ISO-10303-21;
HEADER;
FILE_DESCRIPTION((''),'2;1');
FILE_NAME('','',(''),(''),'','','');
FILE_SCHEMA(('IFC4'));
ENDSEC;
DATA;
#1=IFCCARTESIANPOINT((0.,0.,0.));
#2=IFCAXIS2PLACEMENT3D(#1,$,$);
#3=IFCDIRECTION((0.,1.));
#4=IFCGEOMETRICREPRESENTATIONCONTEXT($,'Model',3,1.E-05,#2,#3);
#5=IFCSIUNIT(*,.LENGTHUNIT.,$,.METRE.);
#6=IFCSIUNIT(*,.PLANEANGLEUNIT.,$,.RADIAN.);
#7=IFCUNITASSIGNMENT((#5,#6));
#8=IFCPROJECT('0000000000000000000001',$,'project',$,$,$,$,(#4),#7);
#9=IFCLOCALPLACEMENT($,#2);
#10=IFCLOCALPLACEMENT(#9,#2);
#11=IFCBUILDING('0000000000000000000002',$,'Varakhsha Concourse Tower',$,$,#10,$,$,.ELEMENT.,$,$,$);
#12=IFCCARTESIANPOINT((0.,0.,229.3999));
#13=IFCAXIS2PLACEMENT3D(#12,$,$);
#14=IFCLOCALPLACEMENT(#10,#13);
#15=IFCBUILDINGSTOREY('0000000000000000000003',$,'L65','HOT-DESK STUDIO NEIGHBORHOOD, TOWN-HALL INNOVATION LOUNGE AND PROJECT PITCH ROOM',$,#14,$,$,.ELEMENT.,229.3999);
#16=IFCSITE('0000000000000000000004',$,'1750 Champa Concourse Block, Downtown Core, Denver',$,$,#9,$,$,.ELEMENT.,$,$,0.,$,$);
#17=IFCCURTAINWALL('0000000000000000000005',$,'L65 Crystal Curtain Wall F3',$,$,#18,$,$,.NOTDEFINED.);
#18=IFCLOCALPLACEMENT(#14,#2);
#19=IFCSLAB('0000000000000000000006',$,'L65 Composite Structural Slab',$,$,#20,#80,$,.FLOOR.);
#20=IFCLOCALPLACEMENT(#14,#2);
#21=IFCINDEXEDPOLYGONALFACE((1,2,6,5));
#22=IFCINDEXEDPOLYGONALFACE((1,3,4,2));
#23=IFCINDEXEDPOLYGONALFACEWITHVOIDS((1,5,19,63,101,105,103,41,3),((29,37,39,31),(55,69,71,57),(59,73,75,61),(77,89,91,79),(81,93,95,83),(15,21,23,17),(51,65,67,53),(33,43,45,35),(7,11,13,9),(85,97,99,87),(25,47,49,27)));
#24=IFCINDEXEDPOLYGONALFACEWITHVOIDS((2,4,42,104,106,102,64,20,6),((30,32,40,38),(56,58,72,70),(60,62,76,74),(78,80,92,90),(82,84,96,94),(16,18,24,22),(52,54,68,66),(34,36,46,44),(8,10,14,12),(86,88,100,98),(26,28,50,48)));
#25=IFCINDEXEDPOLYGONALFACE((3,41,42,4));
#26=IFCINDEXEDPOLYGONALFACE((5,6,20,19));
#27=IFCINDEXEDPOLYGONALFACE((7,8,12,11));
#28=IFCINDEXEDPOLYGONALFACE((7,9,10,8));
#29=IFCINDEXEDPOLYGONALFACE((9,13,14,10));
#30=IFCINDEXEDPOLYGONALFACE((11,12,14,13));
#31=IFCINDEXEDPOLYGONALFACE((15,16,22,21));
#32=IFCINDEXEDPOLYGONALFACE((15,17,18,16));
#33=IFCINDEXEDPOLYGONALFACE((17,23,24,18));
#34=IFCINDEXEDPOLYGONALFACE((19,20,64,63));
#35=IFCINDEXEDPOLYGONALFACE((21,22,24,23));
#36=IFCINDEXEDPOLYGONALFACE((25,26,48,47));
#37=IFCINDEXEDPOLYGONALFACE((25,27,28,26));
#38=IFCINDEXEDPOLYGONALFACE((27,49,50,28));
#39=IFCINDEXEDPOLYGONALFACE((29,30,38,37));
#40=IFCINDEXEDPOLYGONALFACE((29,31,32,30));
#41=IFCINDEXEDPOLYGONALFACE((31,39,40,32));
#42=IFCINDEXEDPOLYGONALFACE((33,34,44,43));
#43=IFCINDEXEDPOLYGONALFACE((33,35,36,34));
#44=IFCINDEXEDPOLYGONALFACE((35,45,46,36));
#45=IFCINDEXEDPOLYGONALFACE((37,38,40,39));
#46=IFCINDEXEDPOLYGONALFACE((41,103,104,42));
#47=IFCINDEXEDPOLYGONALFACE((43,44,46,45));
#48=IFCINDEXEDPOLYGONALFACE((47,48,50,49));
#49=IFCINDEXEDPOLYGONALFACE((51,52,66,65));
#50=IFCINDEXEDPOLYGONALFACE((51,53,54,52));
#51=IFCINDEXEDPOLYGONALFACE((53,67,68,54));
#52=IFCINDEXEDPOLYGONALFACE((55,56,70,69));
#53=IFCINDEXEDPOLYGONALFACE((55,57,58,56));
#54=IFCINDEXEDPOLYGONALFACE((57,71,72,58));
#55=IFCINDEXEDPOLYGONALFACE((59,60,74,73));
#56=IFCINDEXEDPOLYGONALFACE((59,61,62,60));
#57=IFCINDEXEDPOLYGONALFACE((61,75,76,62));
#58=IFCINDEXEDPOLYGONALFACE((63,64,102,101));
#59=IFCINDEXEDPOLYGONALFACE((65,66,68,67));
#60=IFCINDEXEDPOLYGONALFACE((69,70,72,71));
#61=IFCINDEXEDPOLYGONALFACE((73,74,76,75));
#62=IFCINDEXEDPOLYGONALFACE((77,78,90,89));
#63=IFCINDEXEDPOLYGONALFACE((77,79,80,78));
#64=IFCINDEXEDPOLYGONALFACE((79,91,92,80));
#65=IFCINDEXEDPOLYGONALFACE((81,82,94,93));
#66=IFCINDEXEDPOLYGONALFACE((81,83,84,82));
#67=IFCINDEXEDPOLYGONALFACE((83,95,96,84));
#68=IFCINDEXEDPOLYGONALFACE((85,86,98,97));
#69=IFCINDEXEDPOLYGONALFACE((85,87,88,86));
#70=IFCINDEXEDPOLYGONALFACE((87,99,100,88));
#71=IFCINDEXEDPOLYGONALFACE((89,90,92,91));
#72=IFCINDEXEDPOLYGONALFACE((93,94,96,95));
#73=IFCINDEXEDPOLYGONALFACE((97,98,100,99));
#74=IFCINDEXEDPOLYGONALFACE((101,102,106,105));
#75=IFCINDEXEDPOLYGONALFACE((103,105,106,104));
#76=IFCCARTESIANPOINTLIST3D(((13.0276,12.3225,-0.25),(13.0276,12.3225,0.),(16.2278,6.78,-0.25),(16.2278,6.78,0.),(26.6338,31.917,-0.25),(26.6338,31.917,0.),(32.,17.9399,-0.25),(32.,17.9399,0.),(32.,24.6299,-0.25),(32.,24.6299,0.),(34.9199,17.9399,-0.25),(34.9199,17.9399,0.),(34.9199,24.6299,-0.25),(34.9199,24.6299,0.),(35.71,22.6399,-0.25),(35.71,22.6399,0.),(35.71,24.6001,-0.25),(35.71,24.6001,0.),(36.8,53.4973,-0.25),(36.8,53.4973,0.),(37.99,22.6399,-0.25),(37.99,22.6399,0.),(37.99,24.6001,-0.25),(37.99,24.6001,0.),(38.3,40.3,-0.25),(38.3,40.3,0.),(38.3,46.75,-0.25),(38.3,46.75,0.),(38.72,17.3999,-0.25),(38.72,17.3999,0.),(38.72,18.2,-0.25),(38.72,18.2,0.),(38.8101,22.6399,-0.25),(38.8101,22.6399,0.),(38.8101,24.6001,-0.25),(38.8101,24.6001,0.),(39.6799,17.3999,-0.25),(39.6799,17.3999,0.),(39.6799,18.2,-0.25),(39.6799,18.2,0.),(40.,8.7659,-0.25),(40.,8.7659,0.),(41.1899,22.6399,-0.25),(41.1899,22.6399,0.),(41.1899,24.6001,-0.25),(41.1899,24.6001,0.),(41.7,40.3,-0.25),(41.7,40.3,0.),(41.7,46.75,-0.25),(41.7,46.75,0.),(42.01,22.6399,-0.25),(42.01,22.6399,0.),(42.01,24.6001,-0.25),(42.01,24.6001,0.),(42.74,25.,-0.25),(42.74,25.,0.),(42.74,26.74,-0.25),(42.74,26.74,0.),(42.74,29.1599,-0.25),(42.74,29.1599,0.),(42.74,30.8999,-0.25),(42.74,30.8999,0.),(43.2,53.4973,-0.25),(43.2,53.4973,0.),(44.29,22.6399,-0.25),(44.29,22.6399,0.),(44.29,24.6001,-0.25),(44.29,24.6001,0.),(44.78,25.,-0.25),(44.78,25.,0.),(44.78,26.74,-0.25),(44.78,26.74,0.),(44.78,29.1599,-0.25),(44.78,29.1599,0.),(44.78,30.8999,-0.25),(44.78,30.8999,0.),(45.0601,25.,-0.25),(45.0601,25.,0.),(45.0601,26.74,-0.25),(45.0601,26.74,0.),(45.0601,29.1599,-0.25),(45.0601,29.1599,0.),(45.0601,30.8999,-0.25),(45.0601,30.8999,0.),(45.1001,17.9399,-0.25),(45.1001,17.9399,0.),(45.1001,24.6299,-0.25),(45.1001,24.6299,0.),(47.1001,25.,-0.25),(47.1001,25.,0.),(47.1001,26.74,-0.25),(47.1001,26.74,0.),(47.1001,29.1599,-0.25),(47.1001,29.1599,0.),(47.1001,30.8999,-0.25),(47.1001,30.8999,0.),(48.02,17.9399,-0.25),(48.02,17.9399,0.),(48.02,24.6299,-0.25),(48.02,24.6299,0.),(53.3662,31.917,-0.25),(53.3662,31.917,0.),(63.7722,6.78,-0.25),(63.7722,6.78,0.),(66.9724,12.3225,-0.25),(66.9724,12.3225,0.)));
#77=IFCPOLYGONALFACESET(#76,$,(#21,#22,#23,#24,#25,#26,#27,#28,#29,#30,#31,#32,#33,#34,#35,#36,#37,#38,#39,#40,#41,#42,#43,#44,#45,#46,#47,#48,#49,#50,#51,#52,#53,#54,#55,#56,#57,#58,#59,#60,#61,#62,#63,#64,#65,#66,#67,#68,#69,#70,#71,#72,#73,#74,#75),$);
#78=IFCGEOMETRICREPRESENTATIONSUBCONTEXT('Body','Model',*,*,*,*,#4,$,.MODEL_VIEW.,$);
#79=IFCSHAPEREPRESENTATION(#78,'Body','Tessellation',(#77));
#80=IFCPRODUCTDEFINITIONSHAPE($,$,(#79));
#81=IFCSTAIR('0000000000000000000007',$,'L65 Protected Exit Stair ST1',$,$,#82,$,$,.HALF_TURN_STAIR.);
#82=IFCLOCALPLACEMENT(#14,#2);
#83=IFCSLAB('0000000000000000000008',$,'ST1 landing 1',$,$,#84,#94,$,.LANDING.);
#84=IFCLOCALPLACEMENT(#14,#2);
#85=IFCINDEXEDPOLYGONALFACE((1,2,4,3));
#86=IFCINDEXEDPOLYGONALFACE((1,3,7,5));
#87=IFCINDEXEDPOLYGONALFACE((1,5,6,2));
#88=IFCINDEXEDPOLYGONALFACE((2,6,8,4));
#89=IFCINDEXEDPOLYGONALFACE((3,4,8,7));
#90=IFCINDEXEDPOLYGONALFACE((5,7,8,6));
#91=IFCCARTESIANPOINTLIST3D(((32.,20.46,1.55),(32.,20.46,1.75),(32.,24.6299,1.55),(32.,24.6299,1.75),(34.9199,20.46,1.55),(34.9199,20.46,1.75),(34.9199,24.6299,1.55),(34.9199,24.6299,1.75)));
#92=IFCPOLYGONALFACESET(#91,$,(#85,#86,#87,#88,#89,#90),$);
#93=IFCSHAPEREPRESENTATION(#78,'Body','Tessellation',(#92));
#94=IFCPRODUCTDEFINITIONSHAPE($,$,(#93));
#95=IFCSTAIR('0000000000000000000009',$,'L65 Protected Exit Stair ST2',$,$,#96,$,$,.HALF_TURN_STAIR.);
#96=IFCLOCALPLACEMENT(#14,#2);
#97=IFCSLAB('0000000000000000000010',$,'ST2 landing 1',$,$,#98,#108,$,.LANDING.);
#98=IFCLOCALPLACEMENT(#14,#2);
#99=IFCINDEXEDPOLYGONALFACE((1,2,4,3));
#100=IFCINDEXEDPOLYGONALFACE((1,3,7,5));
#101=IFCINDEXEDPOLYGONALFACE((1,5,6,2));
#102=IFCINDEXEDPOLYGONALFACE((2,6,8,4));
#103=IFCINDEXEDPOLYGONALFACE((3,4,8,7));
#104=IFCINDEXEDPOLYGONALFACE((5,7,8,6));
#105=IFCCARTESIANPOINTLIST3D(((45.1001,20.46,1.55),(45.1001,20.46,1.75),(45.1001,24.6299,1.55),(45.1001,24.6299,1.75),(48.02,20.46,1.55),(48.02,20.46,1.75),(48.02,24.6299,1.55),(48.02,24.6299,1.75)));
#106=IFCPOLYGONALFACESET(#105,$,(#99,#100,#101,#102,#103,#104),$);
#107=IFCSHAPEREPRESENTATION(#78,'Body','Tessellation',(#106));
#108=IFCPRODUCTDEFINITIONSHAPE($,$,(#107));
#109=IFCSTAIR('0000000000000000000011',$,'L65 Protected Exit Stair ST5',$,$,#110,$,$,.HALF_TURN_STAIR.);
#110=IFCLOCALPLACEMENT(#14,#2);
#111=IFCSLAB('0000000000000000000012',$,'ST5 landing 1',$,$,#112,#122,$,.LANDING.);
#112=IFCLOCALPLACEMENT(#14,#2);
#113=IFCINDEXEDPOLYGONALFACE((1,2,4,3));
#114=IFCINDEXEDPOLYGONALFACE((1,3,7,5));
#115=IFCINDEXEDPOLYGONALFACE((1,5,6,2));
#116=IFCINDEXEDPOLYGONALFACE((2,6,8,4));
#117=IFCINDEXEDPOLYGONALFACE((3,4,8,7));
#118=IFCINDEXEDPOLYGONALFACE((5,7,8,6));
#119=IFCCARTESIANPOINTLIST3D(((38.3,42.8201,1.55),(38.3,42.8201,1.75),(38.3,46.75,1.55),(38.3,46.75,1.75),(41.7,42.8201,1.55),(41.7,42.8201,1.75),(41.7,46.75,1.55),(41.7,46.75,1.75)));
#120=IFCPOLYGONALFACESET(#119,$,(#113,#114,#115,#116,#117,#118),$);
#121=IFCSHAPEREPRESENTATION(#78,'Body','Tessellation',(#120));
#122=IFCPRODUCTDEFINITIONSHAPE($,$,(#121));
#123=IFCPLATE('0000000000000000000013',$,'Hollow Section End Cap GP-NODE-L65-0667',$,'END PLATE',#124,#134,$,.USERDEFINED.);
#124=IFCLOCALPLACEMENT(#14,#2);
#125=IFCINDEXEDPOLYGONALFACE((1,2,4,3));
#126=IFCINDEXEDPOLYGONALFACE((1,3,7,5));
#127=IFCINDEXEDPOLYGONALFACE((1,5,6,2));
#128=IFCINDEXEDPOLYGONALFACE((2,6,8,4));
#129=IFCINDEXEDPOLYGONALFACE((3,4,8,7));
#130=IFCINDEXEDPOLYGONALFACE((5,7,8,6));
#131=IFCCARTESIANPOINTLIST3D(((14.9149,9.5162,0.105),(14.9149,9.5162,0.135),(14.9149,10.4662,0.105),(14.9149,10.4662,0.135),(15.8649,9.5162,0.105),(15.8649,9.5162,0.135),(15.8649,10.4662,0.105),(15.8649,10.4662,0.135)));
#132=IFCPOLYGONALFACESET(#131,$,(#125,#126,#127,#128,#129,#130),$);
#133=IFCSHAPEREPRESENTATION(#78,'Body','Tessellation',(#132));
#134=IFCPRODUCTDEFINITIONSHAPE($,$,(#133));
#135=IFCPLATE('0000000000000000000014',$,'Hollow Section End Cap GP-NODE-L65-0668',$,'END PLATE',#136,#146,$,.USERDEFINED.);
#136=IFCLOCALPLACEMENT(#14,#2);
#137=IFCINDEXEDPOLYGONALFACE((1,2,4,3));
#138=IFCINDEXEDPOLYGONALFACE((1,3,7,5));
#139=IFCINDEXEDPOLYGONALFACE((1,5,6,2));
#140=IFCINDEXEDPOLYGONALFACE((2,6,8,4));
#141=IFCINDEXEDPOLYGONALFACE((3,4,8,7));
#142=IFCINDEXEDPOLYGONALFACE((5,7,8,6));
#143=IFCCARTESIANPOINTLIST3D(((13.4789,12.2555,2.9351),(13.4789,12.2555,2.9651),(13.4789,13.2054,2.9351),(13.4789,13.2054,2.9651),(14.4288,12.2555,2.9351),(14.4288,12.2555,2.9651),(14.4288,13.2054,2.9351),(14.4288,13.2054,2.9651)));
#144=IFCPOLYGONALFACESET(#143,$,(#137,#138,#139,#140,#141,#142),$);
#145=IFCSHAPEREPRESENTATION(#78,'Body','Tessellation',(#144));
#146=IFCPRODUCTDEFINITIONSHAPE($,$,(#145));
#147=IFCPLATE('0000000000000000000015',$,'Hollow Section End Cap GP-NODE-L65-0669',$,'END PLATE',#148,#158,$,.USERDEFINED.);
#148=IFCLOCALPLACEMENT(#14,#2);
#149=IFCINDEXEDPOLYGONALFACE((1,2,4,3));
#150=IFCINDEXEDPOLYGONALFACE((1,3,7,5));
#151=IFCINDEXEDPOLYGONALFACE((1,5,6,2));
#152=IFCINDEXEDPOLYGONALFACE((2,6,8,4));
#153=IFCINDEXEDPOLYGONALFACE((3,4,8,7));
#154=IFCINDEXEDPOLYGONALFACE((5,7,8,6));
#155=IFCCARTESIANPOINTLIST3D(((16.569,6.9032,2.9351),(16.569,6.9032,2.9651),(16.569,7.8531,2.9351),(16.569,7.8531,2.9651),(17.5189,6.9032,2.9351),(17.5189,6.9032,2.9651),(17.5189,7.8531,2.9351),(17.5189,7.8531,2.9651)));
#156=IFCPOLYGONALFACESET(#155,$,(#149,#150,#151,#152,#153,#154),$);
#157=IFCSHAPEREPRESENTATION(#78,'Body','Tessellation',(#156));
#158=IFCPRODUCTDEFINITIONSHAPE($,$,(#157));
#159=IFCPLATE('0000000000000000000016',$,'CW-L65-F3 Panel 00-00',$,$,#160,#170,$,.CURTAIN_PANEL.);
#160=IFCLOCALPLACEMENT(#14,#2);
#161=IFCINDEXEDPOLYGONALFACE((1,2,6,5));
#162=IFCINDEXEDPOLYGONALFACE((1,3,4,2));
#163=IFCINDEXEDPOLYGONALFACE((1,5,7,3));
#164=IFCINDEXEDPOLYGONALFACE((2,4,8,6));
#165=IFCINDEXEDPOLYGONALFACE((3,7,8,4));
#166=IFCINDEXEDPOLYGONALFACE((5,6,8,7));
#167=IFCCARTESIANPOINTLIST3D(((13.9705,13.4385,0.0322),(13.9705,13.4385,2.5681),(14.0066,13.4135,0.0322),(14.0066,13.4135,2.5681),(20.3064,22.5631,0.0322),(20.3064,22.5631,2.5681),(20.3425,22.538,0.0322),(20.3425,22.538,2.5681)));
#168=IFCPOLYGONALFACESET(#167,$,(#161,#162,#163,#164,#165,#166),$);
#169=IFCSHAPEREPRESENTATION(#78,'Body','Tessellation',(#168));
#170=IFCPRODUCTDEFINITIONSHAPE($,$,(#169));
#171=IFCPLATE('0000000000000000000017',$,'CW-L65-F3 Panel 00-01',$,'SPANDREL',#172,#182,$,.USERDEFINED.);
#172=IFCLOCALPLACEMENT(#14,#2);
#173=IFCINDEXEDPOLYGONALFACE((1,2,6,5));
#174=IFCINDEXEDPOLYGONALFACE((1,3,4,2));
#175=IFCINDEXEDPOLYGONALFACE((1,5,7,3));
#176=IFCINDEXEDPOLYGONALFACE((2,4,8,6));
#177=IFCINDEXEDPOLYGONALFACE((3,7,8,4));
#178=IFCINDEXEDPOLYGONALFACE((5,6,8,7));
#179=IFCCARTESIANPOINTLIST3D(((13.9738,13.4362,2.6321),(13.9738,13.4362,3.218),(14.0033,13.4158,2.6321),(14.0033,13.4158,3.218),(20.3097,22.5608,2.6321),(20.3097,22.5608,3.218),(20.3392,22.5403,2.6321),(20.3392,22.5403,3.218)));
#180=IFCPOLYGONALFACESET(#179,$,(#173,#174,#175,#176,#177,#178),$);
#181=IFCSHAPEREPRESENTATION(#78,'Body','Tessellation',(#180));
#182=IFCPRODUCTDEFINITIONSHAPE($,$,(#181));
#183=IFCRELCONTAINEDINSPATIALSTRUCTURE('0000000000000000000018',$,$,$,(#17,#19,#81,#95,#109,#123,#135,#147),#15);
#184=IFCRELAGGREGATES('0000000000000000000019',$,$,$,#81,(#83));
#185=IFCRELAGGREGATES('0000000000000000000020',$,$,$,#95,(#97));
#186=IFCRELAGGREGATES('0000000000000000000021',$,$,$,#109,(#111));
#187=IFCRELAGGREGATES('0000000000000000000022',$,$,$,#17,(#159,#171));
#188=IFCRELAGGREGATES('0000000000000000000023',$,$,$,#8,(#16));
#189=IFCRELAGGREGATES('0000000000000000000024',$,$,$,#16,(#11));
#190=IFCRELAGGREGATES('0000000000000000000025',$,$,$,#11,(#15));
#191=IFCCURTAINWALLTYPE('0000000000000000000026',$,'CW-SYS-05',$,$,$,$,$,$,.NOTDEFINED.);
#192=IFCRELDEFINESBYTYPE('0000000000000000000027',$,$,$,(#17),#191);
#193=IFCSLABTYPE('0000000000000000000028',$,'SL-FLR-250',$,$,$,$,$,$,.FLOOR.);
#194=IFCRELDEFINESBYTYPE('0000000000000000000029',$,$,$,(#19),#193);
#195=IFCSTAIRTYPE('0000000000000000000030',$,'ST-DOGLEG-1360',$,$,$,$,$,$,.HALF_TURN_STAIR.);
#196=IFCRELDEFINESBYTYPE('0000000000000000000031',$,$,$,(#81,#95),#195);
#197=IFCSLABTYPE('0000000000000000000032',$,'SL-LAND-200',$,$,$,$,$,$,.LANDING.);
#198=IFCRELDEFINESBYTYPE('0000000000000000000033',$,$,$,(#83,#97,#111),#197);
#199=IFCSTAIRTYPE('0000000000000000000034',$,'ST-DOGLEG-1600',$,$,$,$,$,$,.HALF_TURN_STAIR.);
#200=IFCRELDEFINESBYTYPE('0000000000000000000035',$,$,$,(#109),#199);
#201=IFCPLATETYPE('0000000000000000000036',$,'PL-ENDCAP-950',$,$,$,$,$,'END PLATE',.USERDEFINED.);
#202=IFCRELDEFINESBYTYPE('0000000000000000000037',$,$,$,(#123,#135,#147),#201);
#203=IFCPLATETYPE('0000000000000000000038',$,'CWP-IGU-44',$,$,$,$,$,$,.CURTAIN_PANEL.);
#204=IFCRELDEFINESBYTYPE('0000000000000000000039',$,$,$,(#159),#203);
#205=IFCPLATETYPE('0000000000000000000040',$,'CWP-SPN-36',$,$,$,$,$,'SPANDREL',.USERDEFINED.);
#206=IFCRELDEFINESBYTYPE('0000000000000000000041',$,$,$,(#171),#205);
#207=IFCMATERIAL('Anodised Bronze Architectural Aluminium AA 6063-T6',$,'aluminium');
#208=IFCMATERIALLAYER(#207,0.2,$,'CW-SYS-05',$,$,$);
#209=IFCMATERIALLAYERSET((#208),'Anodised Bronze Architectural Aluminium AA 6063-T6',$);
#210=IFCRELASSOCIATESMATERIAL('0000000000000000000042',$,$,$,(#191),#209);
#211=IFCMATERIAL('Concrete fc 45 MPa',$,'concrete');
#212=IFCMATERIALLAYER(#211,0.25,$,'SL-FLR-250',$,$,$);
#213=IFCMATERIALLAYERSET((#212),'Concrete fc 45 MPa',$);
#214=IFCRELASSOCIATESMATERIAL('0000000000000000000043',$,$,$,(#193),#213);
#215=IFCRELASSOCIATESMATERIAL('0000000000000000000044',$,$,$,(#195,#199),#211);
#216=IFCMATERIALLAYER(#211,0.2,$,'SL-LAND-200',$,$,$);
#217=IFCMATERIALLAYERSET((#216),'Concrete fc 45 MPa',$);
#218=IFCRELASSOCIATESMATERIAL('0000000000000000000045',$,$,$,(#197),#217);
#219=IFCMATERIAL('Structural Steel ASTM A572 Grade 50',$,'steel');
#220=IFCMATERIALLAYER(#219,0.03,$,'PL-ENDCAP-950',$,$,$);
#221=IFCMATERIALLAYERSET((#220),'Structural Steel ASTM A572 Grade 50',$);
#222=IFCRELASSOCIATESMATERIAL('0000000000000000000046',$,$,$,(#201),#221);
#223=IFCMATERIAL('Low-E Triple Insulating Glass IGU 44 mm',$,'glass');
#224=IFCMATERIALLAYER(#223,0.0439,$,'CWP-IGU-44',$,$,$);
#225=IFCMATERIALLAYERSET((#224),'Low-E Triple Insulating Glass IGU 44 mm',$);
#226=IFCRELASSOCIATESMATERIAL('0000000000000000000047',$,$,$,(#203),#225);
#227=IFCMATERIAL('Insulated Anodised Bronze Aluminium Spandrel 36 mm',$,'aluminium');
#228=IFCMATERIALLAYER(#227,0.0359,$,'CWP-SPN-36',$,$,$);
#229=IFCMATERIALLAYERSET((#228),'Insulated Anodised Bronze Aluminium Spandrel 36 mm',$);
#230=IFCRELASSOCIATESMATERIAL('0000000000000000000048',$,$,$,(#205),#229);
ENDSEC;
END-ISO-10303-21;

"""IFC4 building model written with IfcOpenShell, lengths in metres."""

from ifc_helpers import new_model, si_unit, direction, frame, origin, origin_2d, place, context, subcontext, project, spatial, polyline, rectangle, outline, extrude, source, transform, mapped, material, layer, layer_set, type_object, type_shapes, element, aggregate, save


model = new_model("IFC4")

# Units and contexts
model_context = context("Model", 3, precision=1e-05, world=origin(), true_north=direction((0.0, 1.0)))
body_context = subcontext(model_context, "Body", "Model", "MODEL_VIEW")
ifc_project = project(units=[si_unit("LENGTHUNIT", "METRE"), si_unit("PLANEANGLEUNIT", "RADIAN")], contexts=[model_context])

# Site, building, storey
site_placement = place(None, origin())
site = spatial("IfcSite", under=ifc_project, at=site_placement, Name="1750 Champa Concourse Block, Downtown Core, Denver", CompositionType="ELEMENT", RefElevation=0.0)
building_placement = place(site_placement, origin())
building = spatial("IfcBuilding", under=site, at=building_placement, Name="Varakhsha Concourse Tower", CompositionType="ELEMENT")
storey_placement = place(building_placement, frame((0.0, 0.0, 229.3999)))
storey = spatial("IfcBuildingStorey", under=building, at=storey_placement, Name="L65", Description="HOT-DESK STUDIO NEIGHBORHOOD, TOWN-HALL INNOVATION LOUNGE AND PROJECT PITCH ROOM", CompositionType="ELEMENT", Elevation=229.3999)

# Shared definitions
ifc_material_1 = material(Name="Structural Steel ASTM A572 Grade 50", Category="steel")

# Curtain wall
ifc_material_2 = material(Name="Anodised Bronze Architectural Aluminium AA 6063-T6", Category="aluminium")
ifc_layer_1 = layer(ifc_material_2, 0.2, Name="CW-SYS-05")
ifc_layer_set_1 = layer_set([ifc_layer_1], Name="Anodised Bronze Architectural Aluminium AA 6063-T6")
curtain_wall_type = type_object("IfcCurtainWallType", Name="CW-SYS-05", PredefinedType="NOTDEFINED", material=ifc_layer_set_1)
curtain_wall_1_placement = place(storey_placement, origin())
curtain_wall_1 = element("IfcCurtainWall", 1, at=curtain_wall_1_placement, inside=storey, type_object=curtain_wall_type, Name="L65 Crystal Curtain Wall F3", PredefinedType="NOTDEFINED")

# Slab
ifc_material_3 = material(Name="Concrete fc 45 MPa", Category="concrete")
ifc_layer_2 = layer(ifc_material_3, 0.25, Name="SL-FLR-250")
ifc_layer_set_2 = layer_set([ifc_layer_2], Name="Concrete fc 45 MPa")
slab_type_1 = type_object("IfcSlabType", Name="SL-FLR-250", PredefinedType="FLOOR", material=ifc_layer_set_2)
slab_1_placement = place(storey_placement, frame((0.0, 0.0, -0.25)))
element("IfcSlab", 2, at=slab_1_placement, inside=storey, type_object=slab_type_1, Name="L65 Composite Structural Slab", PredefinedType="FLOOR", context=body_context, shape_type="SweptSolid", body=[
    extrude(outline(polyline([(43.2, 53.4973), (36.8, 53.4973), (26.6338, 31.917), (13.0276, 12.3225), (16.2278, 6.78), (40.0, 8.7659), (63.7722, 6.78), (66.9724, 12.3225), (53.3662, 31.917), (43.2, 53.4973)]), holes=[polyline([(34.9199, 17.9399), (34.9199, 24.6299), (32.0, 24.6299), (32.0, 17.9399), (34.9199, 17.9399)]), polyline([(48.02, 17.9399), (48.02, 24.6299), (45.1001, 24.6299), (45.1001, 17.9399), (48.02, 17.9399)]), polyline([(41.7, 40.3), (41.7, 46.75), (38.3, 46.75), (38.3, 40.3), (41.7, 40.3)]), polyline([(42.74, 29.1599), (44.78, 29.1599), (44.78, 30.8999), (42.74, 30.8999), (42.74, 29.1599)]), polyline([(45.0601, 29.1599), (47.1001, 29.1599), (47.1001, 30.8999), (45.0601, 30.8999), (45.0601, 29.1599)]), polyline([(42.74, 25.0), (44.78, 25.0), (44.78, 26.74), (42.74, 26.74), (42.74, 25.0)]), polyline([(45.0601, 25.0), (47.1001, 25.0), (47.1001, 26.74), (45.0601, 26.74), (45.0601, 25.0)]), polyline([(35.71, 22.6399), (37.99, 22.6399), (37.99, 24.6001), (35.71, 24.6001), (35.71, 22.6399)]), polyline([(42.01, 22.6399), (44.29, 22.6399), (44.29, 24.6001), (42.01, 24.6001), (42.01, 22.6399)]), polyline([(38.8101, 22.6399), (41.1899, 22.6399), (41.1899, 24.6001), (38.8101, 24.6001), (38.8101, 22.6399)]), polyline([(38.72, 17.3999), (39.6799, 17.3999), (39.6799, 18.2), (38.72, 18.2), (38.72, 17.3999)])]), origin(), (0.0, 0.0, 1.0), 0.25),
])

# Stairs, slabs
stair_type_1 = type_object("IfcStairType", Name="ST-DOGLEG-1360", PredefinedType="HALF_TURN_STAIR", material=ifc_material_3)
stair_1_placement = place(storey_placement, origin())
stair_1 = element("IfcStair", 3, at=stair_1_placement, inside=storey, type_object=stair_type_1, Name="L65 Protected Exit Stair ST1", PredefinedType="HALF_TURN_STAIR")
ifc_layer_3 = layer(ifc_material_3, 0.2, Name="SL-LAND-200")
ifc_layer_set_3 = layer_set([ifc_layer_3], Name="Concrete fc 45 MPa")
slab_type_2 = type_object("IfcSlabType", Name="SL-LAND-200", PredefinedType="LANDING", material=ifc_layer_set_3)
slab_2_placement = place(storey_placement, frame((0.0, 0.0, 1.55)))
slab_2 = element("IfcSlab", 4, at=slab_2_placement, type_object=slab_type_2, Name="ST1 landing 1", PredefinedType="LANDING", context=body_context, shape_type="SweptSolid", body=[
    extrude(outline(polyline([(34.9199, 20.46), (34.9199, 24.6299), (32.0, 24.6299), (32.0, 20.46), (34.9199, 20.46)])), origin(), (0.0, 0.0, 1.0), 0.2),
])
aggregate(stair_1, [slab_2])
stair_2_placement = place(storey_placement, origin())
stair_2 = element("IfcStair", 5, at=stair_2_placement, inside=storey, type_object=stair_type_1, Name="L65 Protected Exit Stair ST2", PredefinedType="HALF_TURN_STAIR")
slab_3_placement = place(storey_placement, frame((0.0, 0.0, 1.55)))
slab_3 = element("IfcSlab", 6, at=slab_3_placement, type_object=slab_type_2, Name="ST2 landing 1", PredefinedType="LANDING", context=body_context, shape_type="SweptSolid", body=[
    extrude(outline(polyline([(48.02, 20.46), (48.02, 24.6299), (45.1001, 24.6299), (45.1001, 20.46), (48.02, 20.46)])), origin(), (0.0, 0.0, 1.0), 0.2),
])
aggregate(stair_2, [slab_3])
stair_type_2 = type_object("IfcStairType", Name="ST-DOGLEG-1600", PredefinedType="HALF_TURN_STAIR", material=ifc_material_3)
stair_3_placement = place(storey_placement, origin())
stair_3 = element("IfcStair", 7, at=stair_3_placement, inside=storey, type_object=stair_type_2, Name="L65 Protected Exit Stair ST5", PredefinedType="HALF_TURN_STAIR")
slab_4_placement = place(storey_placement, frame((0.0, 0.0, 1.55)))
slab_4 = element("IfcSlab", 8, at=slab_4_placement, type_object=slab_type_2, Name="ST5 landing 1", PredefinedType="LANDING", context=body_context, shape_type="SweptSolid", body=[
    extrude(outline(polyline([(41.7, 42.8201), (41.7, 46.75), (38.3, 46.75), (38.3, 42.8201), (41.7, 42.8201)])), origin(), (0.0, 0.0, 1.0), 0.2),
])
aggregate(stair_3, [slab_4])

# Plates
ifc_layer_4 = layer(ifc_material_1, 0.03, Name="PL-ENDCAP-950")
ifc_layer_set_4 = layer_set([ifc_layer_4], Name="Structural Steel ASTM A572 Grade 50")
plate_type_1 = type_object("IfcPlateType", Name="PL-ENDCAP-950", ElementType="END PLATE", PredefinedType="USERDEFINED", material=ifc_layer_set_4)
shared_shape_1 = source(origin(), body_context, "Body", "SweptSolid", [
    extrude(rectangle(XDim=0.95, YDim=0.95, at=origin_2d()), origin(), (0.0, 0.0, 1.0), 0.03),
])
type_shapes(plate_type_1, [shared_shape_1])
for number, where, z_axis, x_axis, name in (
    (9, (15.3899, 9.9912, 0.105), (0.0, 0.0, 1.0), (1.0, 0.0, 0.0), "Hollow Section End Cap GP-NODE-L65-0667"),
    (10, (13.9539, 12.7305, 2.9351), (0.0, 0.0, 1.0), (1.0, 0.0, 0.0), "Hollow Section End Cap GP-NODE-L65-0668"),
    (11, (17.0439, 7.3782, 2.9351), (0.0, 0.0, 1.0), (1.0, 0.0, 0.0), "Hollow Section End Cap GP-NODE-L65-0669"),
):
    element("IfcPlate", number, at=place(storey_placement, frame(where, z_axis=z_axis, x_axis=x_axis)), inside=storey, type_object=plate_type_1, Name=name, ObjectType="END PLATE", PredefinedType="USERDEFINED", context=body_context, shape_type="MappedRepresentation", body=[
        mapped(shared_shape_1, transform((0.0, 0.0, 0.0), scale=1.0)),
    ])

# Plates
ifc_material_4 = material(Name="Low-E Triple Insulating Glass IGU 44 mm", Category="glass")
ifc_layer_5 = layer(ifc_material_4, 0.0439, Name="CWP-IGU-44")
ifc_layer_set_5 = layer_set([ifc_layer_5], Name="Low-E Triple Insulating Glass IGU 44 mm")
plate_type_2 = type_object("IfcPlateType", Name="CWP-IGU-44", PredefinedType="CURTAIN_PANEL", material=ifc_layer_set_5)
shared_shape_2 = source(origin(), body_context, "Body", "SweptSolid", [
    extrude(rectangle(XDim=11.1086, YDim=0.0439, at=origin_2d()), origin(), (0.0, 0.0, 1.0), 2.5359),
])
type_shapes(plate_type_2, [shared_shape_2])
plate_1_placement = place(storey_placement, frame((17.1565, 17.9883, 0.0322), z_axis=(0.0, 0.0, 1.0), x_axis=(0.570361, 0.821394, 0.0)))
plate_1 = element("IfcPlate", 12, at=plate_1_placement, type_object=plate_type_2, Name="CW-L65-F3 Panel 00-00", PredefinedType="CURTAIN_PANEL", context=body_context, shape_type="MappedRepresentation", body=[
    mapped(shared_shape_2, transform((0.0, 0.0, 0.0), scale=1.0)),
])
ifc_material_5 = material(Name="Insulated Anodised Bronze Aluminium Spandrel 36 mm", Category="aluminium")
ifc_layer_6 = layer(ifc_material_5, 0.0359, Name="CWP-SPN-36")
ifc_layer_set_6 = layer_set([ifc_layer_6], Name="Insulated Anodised Bronze Aluminium Spandrel 36 mm")
plate_type_3 = type_object("IfcPlateType", Name="CWP-SPN-36", ElementType="SPANDREL", PredefinedType="USERDEFINED", material=ifc_layer_set_6)
shared_shape_3 = source(origin(), body_context, "Body", "SweptSolid", [
    extrude(rectangle(XDim=11.1086, YDim=0.0359, at=origin_2d()), origin(), (0.0, 0.0, 1.0), 0.5859),
])
plate_2_placement = place(storey_placement, frame((17.1565, 17.9883, 2.6321), z_axis=(0.0, 0.0, 1.0), x_axis=(0.570361, 0.821394, 0.0)))
plate_2 = element("IfcPlate", 13, at=plate_2_placement, type_object=plate_type_3, Name="CW-L65-F3 Panel 00-01", ObjectType="SPANDREL", PredefinedType="USERDEFINED", context=body_context, shape_type="MappedRepresentation", body=[
    mapped(shared_shape_3, transform((0.0, 0.0, 0.0), scale=1.0)),
])
aggregate(curtain_wall_1, [plate_1, plate_2])

save(model, "model.ifc")
